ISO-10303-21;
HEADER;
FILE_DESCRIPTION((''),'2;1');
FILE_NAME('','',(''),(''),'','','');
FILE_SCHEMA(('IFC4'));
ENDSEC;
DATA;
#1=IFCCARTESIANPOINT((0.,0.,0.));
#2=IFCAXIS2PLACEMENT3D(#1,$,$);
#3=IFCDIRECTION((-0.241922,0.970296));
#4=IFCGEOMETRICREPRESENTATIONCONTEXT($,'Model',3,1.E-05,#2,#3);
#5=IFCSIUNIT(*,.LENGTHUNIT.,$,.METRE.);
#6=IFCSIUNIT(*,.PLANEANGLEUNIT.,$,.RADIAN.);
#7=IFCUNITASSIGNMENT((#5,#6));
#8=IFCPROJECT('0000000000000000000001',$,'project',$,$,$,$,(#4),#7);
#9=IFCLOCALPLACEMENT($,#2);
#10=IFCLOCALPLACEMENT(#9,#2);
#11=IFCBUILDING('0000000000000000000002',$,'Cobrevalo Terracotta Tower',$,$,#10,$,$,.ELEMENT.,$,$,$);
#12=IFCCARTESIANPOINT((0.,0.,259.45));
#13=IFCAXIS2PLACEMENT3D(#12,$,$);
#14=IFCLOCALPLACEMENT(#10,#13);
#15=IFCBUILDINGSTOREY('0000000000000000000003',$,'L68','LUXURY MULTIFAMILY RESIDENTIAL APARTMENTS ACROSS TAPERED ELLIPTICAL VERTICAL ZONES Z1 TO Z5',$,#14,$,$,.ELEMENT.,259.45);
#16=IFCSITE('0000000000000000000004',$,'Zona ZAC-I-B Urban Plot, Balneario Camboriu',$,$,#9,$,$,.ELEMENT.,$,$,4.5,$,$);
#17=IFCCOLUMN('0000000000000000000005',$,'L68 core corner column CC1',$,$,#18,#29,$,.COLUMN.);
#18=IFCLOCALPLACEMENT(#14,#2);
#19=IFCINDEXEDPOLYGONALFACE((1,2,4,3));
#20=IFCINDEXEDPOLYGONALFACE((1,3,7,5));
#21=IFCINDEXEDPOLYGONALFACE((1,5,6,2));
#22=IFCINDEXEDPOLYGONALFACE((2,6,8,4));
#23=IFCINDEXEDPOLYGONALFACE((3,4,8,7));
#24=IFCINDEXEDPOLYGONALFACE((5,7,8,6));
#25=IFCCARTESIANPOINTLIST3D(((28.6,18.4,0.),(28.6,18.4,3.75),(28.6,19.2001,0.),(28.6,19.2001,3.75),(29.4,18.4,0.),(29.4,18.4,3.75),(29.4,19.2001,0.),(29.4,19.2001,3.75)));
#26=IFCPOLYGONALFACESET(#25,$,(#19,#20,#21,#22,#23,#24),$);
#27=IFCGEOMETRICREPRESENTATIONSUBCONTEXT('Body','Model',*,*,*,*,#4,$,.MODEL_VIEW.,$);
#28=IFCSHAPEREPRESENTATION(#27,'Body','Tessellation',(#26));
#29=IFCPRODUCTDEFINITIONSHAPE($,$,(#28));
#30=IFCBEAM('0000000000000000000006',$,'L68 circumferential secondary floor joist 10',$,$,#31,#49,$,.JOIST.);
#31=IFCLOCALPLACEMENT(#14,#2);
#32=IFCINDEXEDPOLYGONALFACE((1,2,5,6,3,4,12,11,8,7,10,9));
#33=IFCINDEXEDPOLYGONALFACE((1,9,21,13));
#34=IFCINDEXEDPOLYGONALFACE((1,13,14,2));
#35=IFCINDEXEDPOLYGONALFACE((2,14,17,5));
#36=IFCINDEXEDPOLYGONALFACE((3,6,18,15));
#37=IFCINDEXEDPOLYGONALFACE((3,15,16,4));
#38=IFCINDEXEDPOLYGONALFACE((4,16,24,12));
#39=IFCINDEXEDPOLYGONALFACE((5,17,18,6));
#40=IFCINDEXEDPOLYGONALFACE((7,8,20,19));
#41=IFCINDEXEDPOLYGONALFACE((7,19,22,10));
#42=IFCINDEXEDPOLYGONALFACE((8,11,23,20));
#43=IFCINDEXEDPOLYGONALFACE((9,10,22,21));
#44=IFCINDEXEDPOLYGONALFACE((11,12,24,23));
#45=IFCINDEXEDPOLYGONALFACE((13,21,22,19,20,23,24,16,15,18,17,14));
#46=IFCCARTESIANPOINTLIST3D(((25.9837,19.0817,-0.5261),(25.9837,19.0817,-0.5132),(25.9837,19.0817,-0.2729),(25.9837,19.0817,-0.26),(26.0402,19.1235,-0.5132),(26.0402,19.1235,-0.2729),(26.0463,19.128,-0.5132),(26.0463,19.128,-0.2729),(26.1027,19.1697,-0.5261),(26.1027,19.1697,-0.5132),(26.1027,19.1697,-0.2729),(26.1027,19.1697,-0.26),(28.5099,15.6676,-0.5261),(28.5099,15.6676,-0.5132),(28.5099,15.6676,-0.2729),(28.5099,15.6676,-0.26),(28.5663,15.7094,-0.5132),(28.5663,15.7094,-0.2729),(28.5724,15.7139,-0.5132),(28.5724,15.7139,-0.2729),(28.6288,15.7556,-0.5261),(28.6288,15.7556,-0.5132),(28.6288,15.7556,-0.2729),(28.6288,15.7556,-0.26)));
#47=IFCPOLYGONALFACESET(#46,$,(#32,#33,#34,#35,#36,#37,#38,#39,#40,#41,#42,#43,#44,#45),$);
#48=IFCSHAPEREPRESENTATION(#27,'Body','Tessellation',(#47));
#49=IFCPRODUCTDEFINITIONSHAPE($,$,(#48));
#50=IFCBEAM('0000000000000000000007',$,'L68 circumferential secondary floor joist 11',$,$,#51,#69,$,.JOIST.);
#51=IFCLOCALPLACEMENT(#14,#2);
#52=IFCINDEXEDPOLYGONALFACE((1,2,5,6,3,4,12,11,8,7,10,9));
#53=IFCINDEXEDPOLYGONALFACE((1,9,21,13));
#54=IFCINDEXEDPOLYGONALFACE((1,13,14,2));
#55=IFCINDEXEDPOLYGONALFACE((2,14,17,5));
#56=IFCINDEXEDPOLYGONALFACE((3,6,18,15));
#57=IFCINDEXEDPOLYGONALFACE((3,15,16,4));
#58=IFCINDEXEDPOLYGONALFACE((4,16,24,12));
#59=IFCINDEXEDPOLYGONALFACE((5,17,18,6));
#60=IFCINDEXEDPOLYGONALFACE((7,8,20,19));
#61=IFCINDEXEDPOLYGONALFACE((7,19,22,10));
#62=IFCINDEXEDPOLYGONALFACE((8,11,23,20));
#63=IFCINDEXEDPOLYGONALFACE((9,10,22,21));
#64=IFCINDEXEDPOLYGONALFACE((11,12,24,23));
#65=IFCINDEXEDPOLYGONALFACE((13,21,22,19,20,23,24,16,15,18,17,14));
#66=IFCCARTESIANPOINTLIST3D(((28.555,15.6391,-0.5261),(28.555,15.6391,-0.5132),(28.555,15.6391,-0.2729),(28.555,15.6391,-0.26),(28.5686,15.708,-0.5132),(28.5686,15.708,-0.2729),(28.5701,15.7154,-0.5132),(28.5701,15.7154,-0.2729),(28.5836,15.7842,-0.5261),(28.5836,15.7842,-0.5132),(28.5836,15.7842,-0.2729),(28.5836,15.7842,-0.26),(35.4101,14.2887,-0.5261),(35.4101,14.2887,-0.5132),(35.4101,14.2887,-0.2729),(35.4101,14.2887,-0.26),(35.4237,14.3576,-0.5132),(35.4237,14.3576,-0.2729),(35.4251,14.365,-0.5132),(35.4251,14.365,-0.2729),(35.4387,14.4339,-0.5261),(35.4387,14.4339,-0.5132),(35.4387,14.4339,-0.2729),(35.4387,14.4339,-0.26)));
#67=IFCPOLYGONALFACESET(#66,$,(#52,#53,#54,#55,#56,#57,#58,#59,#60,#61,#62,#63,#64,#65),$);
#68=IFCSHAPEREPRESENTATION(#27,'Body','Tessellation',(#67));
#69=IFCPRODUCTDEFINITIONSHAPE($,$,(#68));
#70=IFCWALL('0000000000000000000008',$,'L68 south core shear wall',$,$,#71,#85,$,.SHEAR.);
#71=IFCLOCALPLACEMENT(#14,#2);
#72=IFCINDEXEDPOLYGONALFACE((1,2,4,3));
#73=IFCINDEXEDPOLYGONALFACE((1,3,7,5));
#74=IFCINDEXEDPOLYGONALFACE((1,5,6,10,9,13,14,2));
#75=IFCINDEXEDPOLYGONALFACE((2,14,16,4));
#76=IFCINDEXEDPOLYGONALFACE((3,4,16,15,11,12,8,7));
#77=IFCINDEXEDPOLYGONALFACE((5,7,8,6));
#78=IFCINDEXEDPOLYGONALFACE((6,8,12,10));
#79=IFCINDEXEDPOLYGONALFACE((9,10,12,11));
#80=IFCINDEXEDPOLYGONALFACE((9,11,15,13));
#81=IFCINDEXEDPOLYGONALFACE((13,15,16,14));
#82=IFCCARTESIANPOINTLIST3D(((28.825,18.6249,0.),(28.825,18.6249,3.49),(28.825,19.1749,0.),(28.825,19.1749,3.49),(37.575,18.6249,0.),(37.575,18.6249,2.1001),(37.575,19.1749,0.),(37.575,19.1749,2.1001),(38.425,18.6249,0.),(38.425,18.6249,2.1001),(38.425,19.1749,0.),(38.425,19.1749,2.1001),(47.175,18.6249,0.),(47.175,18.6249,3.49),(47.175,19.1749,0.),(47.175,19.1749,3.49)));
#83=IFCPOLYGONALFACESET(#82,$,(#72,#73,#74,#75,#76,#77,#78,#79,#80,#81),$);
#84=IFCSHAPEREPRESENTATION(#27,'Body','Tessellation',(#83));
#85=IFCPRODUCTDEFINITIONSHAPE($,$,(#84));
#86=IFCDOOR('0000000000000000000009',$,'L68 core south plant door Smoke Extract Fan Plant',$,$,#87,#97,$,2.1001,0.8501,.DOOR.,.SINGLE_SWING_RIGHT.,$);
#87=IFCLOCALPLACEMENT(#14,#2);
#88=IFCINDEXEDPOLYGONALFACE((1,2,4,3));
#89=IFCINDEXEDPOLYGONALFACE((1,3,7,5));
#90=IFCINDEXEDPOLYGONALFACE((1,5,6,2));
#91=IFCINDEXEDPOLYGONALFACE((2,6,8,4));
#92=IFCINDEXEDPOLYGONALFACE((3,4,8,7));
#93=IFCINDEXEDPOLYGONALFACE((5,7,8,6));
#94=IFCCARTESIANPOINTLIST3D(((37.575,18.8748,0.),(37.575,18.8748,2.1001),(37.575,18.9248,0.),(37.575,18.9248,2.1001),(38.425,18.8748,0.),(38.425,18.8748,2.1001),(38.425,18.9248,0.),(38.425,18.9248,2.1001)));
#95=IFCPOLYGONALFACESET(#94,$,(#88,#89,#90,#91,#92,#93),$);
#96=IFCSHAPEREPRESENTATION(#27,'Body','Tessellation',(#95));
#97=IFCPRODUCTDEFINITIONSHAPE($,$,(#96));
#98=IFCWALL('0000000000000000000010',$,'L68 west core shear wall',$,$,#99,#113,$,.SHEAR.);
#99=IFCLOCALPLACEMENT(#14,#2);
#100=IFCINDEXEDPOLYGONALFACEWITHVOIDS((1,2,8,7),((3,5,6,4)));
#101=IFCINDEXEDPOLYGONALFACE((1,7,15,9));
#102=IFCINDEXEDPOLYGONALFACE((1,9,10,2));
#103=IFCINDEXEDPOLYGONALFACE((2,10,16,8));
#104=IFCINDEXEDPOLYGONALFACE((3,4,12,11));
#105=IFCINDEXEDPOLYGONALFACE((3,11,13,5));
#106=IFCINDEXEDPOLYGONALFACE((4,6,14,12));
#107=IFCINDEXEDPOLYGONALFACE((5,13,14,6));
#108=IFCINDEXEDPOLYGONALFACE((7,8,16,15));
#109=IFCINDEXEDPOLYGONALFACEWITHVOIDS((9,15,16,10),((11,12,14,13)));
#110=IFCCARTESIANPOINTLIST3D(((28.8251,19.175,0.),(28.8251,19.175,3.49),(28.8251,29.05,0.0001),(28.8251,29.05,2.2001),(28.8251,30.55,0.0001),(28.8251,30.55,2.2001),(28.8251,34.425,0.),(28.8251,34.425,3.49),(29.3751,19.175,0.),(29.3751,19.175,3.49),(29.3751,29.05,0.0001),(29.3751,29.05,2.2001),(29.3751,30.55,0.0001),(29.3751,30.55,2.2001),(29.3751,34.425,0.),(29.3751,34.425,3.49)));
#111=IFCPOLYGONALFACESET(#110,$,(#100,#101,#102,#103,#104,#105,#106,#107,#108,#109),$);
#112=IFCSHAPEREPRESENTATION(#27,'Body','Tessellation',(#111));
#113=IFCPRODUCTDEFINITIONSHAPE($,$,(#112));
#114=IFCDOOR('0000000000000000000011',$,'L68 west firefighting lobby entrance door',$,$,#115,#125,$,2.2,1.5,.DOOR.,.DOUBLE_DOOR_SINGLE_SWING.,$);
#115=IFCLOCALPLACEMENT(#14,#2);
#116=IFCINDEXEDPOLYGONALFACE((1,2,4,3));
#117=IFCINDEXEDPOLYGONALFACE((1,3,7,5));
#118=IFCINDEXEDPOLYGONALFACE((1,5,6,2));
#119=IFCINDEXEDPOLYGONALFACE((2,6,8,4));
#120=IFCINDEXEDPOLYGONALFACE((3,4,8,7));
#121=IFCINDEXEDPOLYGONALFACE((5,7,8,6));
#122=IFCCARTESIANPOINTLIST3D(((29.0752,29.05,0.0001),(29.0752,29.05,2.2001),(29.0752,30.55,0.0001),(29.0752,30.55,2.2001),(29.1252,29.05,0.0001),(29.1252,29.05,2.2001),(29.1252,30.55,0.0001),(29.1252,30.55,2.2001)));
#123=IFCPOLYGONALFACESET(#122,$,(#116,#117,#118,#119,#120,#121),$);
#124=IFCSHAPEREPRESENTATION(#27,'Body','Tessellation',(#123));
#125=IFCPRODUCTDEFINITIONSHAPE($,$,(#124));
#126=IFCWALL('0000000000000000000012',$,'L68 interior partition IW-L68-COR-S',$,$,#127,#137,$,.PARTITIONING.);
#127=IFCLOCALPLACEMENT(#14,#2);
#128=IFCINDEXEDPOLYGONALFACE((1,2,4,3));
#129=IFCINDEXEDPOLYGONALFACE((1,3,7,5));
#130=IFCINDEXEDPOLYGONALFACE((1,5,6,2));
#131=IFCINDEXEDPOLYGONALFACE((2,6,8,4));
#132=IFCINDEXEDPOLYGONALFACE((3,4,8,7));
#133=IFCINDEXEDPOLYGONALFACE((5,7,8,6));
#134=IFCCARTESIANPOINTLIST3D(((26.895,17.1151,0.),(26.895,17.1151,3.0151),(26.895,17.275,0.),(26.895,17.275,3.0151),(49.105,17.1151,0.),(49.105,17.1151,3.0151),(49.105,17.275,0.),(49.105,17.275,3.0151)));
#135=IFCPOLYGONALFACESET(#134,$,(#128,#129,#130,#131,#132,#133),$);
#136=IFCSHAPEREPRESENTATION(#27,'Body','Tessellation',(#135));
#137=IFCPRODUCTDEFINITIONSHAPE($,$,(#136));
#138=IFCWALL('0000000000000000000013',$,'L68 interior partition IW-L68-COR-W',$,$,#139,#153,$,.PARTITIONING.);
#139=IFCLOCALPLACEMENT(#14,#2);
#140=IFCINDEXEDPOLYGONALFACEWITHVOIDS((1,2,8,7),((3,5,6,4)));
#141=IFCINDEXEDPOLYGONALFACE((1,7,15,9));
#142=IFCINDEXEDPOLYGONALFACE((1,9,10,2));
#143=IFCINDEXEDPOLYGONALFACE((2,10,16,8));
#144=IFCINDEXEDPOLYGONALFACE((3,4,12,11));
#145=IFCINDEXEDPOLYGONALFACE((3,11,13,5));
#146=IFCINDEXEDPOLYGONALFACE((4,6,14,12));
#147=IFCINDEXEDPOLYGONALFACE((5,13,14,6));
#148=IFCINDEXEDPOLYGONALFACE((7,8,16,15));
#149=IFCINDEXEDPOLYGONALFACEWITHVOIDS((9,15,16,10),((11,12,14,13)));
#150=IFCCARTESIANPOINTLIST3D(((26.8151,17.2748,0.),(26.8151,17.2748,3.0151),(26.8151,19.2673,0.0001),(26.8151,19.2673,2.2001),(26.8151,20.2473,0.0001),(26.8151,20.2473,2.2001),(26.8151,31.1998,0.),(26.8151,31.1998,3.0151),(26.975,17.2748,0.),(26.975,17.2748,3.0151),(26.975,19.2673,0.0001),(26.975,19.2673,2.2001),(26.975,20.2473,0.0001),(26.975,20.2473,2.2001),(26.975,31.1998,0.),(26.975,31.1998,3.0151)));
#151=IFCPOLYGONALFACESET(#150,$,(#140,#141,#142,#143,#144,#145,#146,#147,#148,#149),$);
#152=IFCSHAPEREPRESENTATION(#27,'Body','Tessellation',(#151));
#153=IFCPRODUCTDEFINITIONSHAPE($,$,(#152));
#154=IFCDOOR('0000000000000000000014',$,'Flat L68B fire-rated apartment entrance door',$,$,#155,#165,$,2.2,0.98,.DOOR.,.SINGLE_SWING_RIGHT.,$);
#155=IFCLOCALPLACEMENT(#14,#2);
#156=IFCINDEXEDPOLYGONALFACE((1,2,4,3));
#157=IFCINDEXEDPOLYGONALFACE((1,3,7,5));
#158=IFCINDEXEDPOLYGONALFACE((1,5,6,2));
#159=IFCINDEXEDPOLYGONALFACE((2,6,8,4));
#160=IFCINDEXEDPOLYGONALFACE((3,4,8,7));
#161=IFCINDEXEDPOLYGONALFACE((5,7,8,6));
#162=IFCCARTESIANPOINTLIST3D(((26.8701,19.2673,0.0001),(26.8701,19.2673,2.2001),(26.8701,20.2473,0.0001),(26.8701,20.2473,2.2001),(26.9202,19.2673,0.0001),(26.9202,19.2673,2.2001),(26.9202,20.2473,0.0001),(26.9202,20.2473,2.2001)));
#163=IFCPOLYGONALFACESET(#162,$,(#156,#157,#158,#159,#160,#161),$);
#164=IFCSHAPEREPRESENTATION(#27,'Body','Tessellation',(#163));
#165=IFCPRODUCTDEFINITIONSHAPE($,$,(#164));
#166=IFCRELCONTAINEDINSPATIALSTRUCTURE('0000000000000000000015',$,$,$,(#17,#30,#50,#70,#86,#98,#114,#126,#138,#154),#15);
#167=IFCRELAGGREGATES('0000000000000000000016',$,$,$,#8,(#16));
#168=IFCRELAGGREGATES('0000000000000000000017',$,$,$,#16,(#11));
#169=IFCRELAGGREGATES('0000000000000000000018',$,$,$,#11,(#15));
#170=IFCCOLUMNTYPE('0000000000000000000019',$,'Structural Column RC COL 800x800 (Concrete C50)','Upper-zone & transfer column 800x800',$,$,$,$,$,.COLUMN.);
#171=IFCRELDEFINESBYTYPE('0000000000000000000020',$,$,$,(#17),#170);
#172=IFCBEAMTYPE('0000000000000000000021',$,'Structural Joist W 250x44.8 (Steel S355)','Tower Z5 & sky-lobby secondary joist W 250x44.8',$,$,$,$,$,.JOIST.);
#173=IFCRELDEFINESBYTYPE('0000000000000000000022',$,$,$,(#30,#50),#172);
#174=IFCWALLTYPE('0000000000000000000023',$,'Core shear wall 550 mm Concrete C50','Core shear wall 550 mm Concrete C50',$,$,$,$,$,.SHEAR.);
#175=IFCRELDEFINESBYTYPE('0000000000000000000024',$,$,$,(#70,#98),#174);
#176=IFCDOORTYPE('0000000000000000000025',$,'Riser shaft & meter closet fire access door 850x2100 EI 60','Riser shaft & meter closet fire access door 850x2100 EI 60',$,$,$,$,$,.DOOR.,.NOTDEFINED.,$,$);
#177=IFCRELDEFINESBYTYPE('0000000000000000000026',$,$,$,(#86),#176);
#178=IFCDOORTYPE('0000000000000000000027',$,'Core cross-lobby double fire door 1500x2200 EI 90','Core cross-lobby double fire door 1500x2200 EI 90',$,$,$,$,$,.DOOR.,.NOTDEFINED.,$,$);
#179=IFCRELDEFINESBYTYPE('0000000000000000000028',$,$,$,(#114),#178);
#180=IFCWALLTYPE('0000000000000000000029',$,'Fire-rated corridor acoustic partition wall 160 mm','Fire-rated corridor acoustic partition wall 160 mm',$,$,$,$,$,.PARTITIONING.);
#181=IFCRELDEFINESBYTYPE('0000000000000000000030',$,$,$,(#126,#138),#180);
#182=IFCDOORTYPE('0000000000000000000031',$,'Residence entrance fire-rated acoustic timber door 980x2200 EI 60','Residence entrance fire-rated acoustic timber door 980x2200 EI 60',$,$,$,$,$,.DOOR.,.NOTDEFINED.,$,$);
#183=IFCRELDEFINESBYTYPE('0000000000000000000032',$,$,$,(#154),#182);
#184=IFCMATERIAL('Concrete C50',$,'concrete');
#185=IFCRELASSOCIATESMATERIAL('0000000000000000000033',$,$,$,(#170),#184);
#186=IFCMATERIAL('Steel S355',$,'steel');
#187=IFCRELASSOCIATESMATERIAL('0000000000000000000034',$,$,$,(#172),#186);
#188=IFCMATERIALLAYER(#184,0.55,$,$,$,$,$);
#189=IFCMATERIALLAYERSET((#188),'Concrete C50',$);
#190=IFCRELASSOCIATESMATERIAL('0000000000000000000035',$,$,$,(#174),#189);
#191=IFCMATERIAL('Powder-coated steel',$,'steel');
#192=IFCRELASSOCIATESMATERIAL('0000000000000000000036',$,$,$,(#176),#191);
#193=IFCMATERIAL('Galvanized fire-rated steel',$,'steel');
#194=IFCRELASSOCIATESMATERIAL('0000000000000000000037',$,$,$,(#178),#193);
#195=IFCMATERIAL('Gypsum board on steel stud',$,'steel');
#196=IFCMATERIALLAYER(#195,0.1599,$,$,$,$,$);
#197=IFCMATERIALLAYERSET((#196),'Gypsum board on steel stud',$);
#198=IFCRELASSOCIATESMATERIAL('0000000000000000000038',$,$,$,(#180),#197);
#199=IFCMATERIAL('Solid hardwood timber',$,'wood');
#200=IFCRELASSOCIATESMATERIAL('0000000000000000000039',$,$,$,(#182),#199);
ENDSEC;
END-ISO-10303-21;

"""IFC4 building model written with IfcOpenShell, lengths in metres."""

from ifc_helpers import new_model, si_unit, direction, frame, frame_2d, origin, origin_2d, place, context, subcontext, project, spatial, rectangle, i_section, extrude, source, transform, mapped, material, layer, layer_set, material_profile, profile_set, type_object, element, fill, save


model = new_model("IFC4")

# Units and contexts
model_context = context("Model", 3, precision=1e-05, world=origin(), true_north=direction((-0.241922, 0.970296)))
body_context = subcontext(model_context, "Body", "Model", "MODEL_VIEW")
ifc_project = project(units=[si_unit("LENGTHUNIT", "METRE"), si_unit("PLANEANGLEUNIT", "RADIAN")], contexts=[model_context])

# Site, building, storey
site_placement = place(None, origin())
site = spatial("IfcSite", under=ifc_project, at=site_placement, Name="Zona ZAC-I-B Urban Plot, Balneario Camboriu", CompositionType="ELEMENT", RefElevation=4.5)
building_placement = place(site_placement, origin())
building = spatial("IfcBuilding", under=site, at=building_placement, Name="Cobrevalo Terracotta Tower", CompositionType="ELEMENT")
storey_placement = place(building_placement, frame((0.0, 0.0, 259.45)))
storey = spatial("IfcBuildingStorey", under=building, at=storey_placement, Name="L68", Description="LUXURY MULTIFAMILY RESIDENTIAL APARTMENTS ACROSS TAPERED ELLIPTICAL VERTICAL ZONES Z1 TO Z5", CompositionType="ELEMENT", Elevation=259.45)

# Column
ifc_material_1 = material(Name="Concrete C50", Category="concrete")
ifc_material_profile_1 = material_profile(ifc_material_1, rectangle(XDim=0.8, YDim=0.8, at=origin_2d()), Name="RC COL 800x800")
ifc_profile_set_1 = profile_set([ifc_material_profile_1], Name="Concrete C50")
column_type = type_object("IfcColumnType", Name="Structural Column RC COL 800x800 (Concrete C50)", Description="Upper-zone & transfer column 800x800", PredefinedType="COLUMN", material=ifc_profile_set_1)
column_placement = place(storey_placement, frame((29.0, 18.8, 0.0), z_axis=(0.0, 0.0, 1.0), x_axis=(1.0, 0.0, 0.0)))
element("IfcColumn", 1, at=column_placement, inside=storey, type_object=column_type, Name="L68 core corner column CC1", PredefinedType="COLUMN", context=body_context, shape_type="SweptSolid", body=[
    extrude(rectangle(XDim=0.8, YDim=0.8, at=origin_2d()), origin(), (0.0, 0.0, 1.0), 3.75),
])

# Beams
ifc_material_2 = material(Name="Steel S355", Category="steel")
ifc_material_profile_2 = material_profile(ifc_material_2, i_section(OverallWidth=0.1479, OverallDepth=0.2661, WebThickness=0.0076, FlangeThickness=0.0129, at=origin_2d()), Name="W 250x44.8")
ifc_profile_set_2 = profile_set([ifc_material_profile_2], Name="Steel S355")
beam_type = type_object("IfcBeamType", Name="Structural Joist W 250x44.8 (Steel S355)", Description="Tower Z5 & sky-lobby secondary joist W 250x44.8", PredefinedType="JOIST", material=ifc_profile_set_2)
beam_1_placement = place(storey_placement, frame((26.0432, 19.1257, -0.3931), z_axis=(0.5948, -0.803874, 0.0), x_axis=(0.803874, 0.5948, 0.0)))
element("IfcBeam", 2, at=beam_1_placement, inside=storey, type_object=beam_type, Name="L68 circumferential secondary floor joist 10", PredefinedType="JOIST", context=body_context, shape_type="SweptSolid", body=[
    extrude(i_section(OverallWidth=0.1479, OverallDepth=0.2661, WebThickness=0.0076, FlangeThickness=0.0129, at=origin_2d()), origin(), (0.0, 0.0, 1.0), 4.2471),
])
beam_2_placement = place(storey_placement, frame((28.5693, 15.7117, -0.3931), z_axis=(0.981145, -0.193273, 0.0), x_axis=(0.193273, 0.981145, 0.0)))
element("IfcBeam", 3, at=beam_2_placement, inside=storey, type_object=beam_type, Name="L68 circumferential secondary floor joist 11", PredefinedType="JOIST", context=body_context, shape_type="SweptSolid", body=[
    extrude(i_section(OverallWidth=0.1479, OverallDepth=0.2661, WebThickness=0.0076, FlangeThickness=0.0129, at=origin_2d()), origin(), (0.0, 0.0, 1.0), 6.9868),
])

# Walls, openings, doors
ifc_layer_1 = layer(ifc_material_1, 0.55)
ifc_layer_set_1 = layer_set([ifc_layer_1], Name="Concrete C50")
wall_type_1 = type_object("IfcWallType", Name="Core shear wall 550 mm Concrete C50", Description="Core shear wall 550 mm Concrete C50", PredefinedType="SHEAR", material=ifc_layer_set_1)
wall_1_placement = place(storey_placement, frame((28.825, 18.8999, 0.0), z_axis=(0.0, 0.0, 1.0), x_axis=(1.0, 0.0, 0.0)))
wall_1 = element("IfcWall", 4, at=wall_1_placement, inside=storey, type_object=wall_type_1, Name="L68 south core shear wall", PredefinedType="SHEAR", context=body_context, shape_type="SweptSolid", body=[
    extrude(rectangle(XDim=18.3501, YDim=0.55, at=frame_2d((9.175, 0.0))), origin(), (0.0, 0.0, 1.0), 3.49),
])
opening_1_placement = place(wall_1_placement, frame((8.75, 0.0, 0.0)))
opening_1 = element("IfcOpeningElement", 5, at=opening_1_placement, cuts=wall_1, PredefinedType="OPENING", context=body_context, shape_type="SweptSolid", body=[
    extrude(rectangle(XDim=0.8501, YDim=2.1001, at=frame_2d((0.425, 1.05))), frame((0.0, 0.2852, 0.0), z_axis=(0.0, -1.0, 0.0), x_axis=(1.0, 0.0, 0.0)), (0.0, 0.0, 1.0), 0.5701),
])
ifc_material_3 = material(Name="Powder-coated steel", Category="steel")
door_type_1 = type_object("IfcDoorType", Name="Riser shaft & meter closet fire access door 850x2100 EI 60", Description="Riser shaft & meter closet fire access door 850x2100 EI 60", OperationType="NOTDEFINED", PredefinedType="DOOR", material=ifc_material_3)
shared_shape_1 = source(origin(), body_context, "Body", "SweptSolid", [
    extrude(rectangle(XDim=0.8501, YDim=2.1001, at=frame_2d((0.425, 1.05))), frame((0.0, 0.0249, 0.0), z_axis=(0.0, -1.0, 0.0), x_axis=(1.0, 0.0, 0.0)), (0.0, 0.0, 1.0), 0.05),
])
door_1_placement = place(opening_1_placement, origin())
door_1 = element("IfcDoor", 6, at=door_1_placement, inside=storey, type_object=door_type_1, Name="L68 core south plant door Smoke Extract Fan Plant", OperationType="SINGLE_SWING_RIGHT", OverallHeight=2.1001, OverallWidth=0.8501, PredefinedType="DOOR", context=body_context, shape_type="MappedRepresentation", body=[
    mapped(shared_shape_1, transform((0.0, 0.0, 0.0), scale=1.0)),
])
fill(opening_1, door_1)
wall_2_placement = place(storey_placement, frame((29.1001, 19.175, 0.0), z_axis=(0.0, 0.0, 1.0), x_axis=(0.0, 1.0, 0.0)))
wall_2 = element("IfcWall", 7, at=wall_2_placement, inside=storey, type_object=wall_type_1, Name="L68 west core shear wall", PredefinedType="SHEAR", context=body_context, shape_type="SweptSolid", body=[
    extrude(rectangle(XDim=15.25, YDim=0.55, at=frame_2d((7.625, 0.0))), origin(), (0.0, 0.0, 1.0), 3.49),
])
opening_2_placement = place(wall_2_placement, frame((9.875, 0.0, 0.0)))
opening_2 = element("IfcOpeningElement", 8, at=opening_2_placement, cuts=wall_2, PredefinedType="OPENING", context=body_context, shape_type="SweptSolid", body=[
    extrude(rectangle(XDim=1.5, YDim=2.2, at=frame_2d((0.75, 1.1001))), frame((0.0, 0.2852, 0.0), z_axis=(0.0, -1.0, 0.0), x_axis=(1.0, 0.0, 0.0)), (0.0, 0.0, 1.0), 0.5701),
])
ifc_material_4 = material(Name="Galvanized fire-rated steel", Category="steel")
door_type_2 = type_object("IfcDoorType", Name="Core cross-lobby double fire door 1500x2200 EI 90", Description="Core cross-lobby double fire door 1500x2200 EI 90", OperationType="NOTDEFINED", PredefinedType="DOOR", material=ifc_material_4)
shared_shape_2 = source(origin(), body_context, "Body", "SweptSolid", [
    extrude(rectangle(XDim=1.5, YDim=2.2, at=frame_2d((0.75, 1.1001))), frame((0.0, 0.0249, 0.0), z_axis=(0.0, -1.0, 0.0), x_axis=(1.0, 0.0, 0.0)), (0.0, 0.0, 1.0), 0.05),
])
door_2_placement = place(opening_2_placement, origin())
door_2 = element("IfcDoor", 9, at=door_2_placement, inside=storey, type_object=door_type_2, Name="L68 west firefighting lobby entrance door", OperationType="DOUBLE_DOOR_SINGLE_SWING", OverallHeight=2.2, OverallWidth=1.5, PredefinedType="DOOR", context=body_context, shape_type="MappedRepresentation", body=[
    mapped(shared_shape_2, transform((0.0, 0.0, 0.0), scale=1.0)),
])
fill(opening_2, door_2)

# Wall
ifc_material_5 = material(Name="Gypsum board on steel stud", Category="steel")
ifc_layer_2 = layer(ifc_material_5, 0.1599)
ifc_layer_set_2 = layer_set([ifc_layer_2], Name="Gypsum board on steel stud")
wall_type_2 = type_object("IfcWallType", Name="Fire-rated corridor acoustic partition wall 160 mm", Description="Fire-rated corridor acoustic partition wall 160 mm", PredefinedType="PARTITIONING", material=ifc_layer_set_2)
wall_3_placement = place(storey_placement, frame((26.895, 17.1951, 0.0), z_axis=(0.0, 0.0, 1.0), x_axis=(1.0, 0.0, 0.0)))
element("IfcWall", 10, at=wall_3_placement, inside=storey, type_object=wall_type_2, Name="L68 interior partition IW-L68-COR-S", PredefinedType="PARTITIONING", context=body_context, shape_type="SweptSolid", body=[
    extrude(rectangle(XDim=22.21, YDim=0.1599, at=frame_2d((11.105, 0.0))), origin(), (0.0, 0.0, 1.0), 3.0151),
])

# Wall, opening, door
wall_4_placement = place(storey_placement, frame((26.895, 17.2749, 0.0), z_axis=(0.0, 0.0, 1.0), x_axis=(0.0, 1.0, 0.0)))
wall_4 = element("IfcWall", 11, at=wall_4_placement, inside=storey, type_object=wall_type_2, Name="L68 interior partition IW-L68-COR-W", PredefinedType="PARTITIONING", context=body_context, shape_type="SweptSolid", body=[
    extrude(rectangle(XDim=13.925, YDim=0.1599, at=frame_2d((6.9624, 0.0))), origin(), (0.0, 0.0, 1.0), 3.0151),
])
opening_3_placement = place(wall_4_placement, frame((1.9924, 0.0, 0.0)))
opening_3 = element("IfcOpeningElement", 12, at=opening_3_placement, cuts=wall_4, PredefinedType="OPENING", context=body_context, shape_type="SweptSolid", body=[
    extrude(rectangle(XDim=0.98, YDim=2.2, at=frame_2d((0.49, 1.1001))), frame((0.0, 0.0898, 0.0), z_axis=(0.0, -1.0, 0.0), x_axis=(1.0, 0.0, 0.0)), (0.0, 0.0, 1.0), 0.1799),
])
ifc_material_6 = material(Name="Solid hardwood timber", Category="wood")
door_type_3 = type_object("IfcDoorType", Name="Residence entrance fire-rated acoustic timber door 980x2200 EI 60", Description="Residence entrance fire-rated acoustic timber door 980x2200 EI 60", OperationType="NOTDEFINED", PredefinedType="DOOR", material=ifc_material_6)
shared_shape_3 = source(origin(), body_context, "Body", "SweptSolid", [
    extrude(rectangle(XDim=0.98, YDim=2.2, at=frame_2d((0.49, 1.1001))), frame((0.0, 0.0249, 0.0), z_axis=(0.0, -1.0, 0.0), x_axis=(1.0, 0.0, 0.0)), (0.0, 0.0, 1.0), 0.05),
])
door_3_placement = place(opening_3_placement, origin())
door_3 = element("IfcDoor", 13, at=door_3_placement, inside=storey, type_object=door_type_3, Name="Flat L68B fire-rated apartment entrance door", OperationType="SINGLE_SWING_RIGHT", OverallHeight=2.2, OverallWidth=0.98, PredefinedType="DOOR", context=body_context, shape_type="MappedRepresentation", body=[
    mapped(shared_shape_3, transform((0.0, 0.0, 0.0), scale=1.0)),
])
fill(opening_3, door_3)

save(model, "model.ifc")
